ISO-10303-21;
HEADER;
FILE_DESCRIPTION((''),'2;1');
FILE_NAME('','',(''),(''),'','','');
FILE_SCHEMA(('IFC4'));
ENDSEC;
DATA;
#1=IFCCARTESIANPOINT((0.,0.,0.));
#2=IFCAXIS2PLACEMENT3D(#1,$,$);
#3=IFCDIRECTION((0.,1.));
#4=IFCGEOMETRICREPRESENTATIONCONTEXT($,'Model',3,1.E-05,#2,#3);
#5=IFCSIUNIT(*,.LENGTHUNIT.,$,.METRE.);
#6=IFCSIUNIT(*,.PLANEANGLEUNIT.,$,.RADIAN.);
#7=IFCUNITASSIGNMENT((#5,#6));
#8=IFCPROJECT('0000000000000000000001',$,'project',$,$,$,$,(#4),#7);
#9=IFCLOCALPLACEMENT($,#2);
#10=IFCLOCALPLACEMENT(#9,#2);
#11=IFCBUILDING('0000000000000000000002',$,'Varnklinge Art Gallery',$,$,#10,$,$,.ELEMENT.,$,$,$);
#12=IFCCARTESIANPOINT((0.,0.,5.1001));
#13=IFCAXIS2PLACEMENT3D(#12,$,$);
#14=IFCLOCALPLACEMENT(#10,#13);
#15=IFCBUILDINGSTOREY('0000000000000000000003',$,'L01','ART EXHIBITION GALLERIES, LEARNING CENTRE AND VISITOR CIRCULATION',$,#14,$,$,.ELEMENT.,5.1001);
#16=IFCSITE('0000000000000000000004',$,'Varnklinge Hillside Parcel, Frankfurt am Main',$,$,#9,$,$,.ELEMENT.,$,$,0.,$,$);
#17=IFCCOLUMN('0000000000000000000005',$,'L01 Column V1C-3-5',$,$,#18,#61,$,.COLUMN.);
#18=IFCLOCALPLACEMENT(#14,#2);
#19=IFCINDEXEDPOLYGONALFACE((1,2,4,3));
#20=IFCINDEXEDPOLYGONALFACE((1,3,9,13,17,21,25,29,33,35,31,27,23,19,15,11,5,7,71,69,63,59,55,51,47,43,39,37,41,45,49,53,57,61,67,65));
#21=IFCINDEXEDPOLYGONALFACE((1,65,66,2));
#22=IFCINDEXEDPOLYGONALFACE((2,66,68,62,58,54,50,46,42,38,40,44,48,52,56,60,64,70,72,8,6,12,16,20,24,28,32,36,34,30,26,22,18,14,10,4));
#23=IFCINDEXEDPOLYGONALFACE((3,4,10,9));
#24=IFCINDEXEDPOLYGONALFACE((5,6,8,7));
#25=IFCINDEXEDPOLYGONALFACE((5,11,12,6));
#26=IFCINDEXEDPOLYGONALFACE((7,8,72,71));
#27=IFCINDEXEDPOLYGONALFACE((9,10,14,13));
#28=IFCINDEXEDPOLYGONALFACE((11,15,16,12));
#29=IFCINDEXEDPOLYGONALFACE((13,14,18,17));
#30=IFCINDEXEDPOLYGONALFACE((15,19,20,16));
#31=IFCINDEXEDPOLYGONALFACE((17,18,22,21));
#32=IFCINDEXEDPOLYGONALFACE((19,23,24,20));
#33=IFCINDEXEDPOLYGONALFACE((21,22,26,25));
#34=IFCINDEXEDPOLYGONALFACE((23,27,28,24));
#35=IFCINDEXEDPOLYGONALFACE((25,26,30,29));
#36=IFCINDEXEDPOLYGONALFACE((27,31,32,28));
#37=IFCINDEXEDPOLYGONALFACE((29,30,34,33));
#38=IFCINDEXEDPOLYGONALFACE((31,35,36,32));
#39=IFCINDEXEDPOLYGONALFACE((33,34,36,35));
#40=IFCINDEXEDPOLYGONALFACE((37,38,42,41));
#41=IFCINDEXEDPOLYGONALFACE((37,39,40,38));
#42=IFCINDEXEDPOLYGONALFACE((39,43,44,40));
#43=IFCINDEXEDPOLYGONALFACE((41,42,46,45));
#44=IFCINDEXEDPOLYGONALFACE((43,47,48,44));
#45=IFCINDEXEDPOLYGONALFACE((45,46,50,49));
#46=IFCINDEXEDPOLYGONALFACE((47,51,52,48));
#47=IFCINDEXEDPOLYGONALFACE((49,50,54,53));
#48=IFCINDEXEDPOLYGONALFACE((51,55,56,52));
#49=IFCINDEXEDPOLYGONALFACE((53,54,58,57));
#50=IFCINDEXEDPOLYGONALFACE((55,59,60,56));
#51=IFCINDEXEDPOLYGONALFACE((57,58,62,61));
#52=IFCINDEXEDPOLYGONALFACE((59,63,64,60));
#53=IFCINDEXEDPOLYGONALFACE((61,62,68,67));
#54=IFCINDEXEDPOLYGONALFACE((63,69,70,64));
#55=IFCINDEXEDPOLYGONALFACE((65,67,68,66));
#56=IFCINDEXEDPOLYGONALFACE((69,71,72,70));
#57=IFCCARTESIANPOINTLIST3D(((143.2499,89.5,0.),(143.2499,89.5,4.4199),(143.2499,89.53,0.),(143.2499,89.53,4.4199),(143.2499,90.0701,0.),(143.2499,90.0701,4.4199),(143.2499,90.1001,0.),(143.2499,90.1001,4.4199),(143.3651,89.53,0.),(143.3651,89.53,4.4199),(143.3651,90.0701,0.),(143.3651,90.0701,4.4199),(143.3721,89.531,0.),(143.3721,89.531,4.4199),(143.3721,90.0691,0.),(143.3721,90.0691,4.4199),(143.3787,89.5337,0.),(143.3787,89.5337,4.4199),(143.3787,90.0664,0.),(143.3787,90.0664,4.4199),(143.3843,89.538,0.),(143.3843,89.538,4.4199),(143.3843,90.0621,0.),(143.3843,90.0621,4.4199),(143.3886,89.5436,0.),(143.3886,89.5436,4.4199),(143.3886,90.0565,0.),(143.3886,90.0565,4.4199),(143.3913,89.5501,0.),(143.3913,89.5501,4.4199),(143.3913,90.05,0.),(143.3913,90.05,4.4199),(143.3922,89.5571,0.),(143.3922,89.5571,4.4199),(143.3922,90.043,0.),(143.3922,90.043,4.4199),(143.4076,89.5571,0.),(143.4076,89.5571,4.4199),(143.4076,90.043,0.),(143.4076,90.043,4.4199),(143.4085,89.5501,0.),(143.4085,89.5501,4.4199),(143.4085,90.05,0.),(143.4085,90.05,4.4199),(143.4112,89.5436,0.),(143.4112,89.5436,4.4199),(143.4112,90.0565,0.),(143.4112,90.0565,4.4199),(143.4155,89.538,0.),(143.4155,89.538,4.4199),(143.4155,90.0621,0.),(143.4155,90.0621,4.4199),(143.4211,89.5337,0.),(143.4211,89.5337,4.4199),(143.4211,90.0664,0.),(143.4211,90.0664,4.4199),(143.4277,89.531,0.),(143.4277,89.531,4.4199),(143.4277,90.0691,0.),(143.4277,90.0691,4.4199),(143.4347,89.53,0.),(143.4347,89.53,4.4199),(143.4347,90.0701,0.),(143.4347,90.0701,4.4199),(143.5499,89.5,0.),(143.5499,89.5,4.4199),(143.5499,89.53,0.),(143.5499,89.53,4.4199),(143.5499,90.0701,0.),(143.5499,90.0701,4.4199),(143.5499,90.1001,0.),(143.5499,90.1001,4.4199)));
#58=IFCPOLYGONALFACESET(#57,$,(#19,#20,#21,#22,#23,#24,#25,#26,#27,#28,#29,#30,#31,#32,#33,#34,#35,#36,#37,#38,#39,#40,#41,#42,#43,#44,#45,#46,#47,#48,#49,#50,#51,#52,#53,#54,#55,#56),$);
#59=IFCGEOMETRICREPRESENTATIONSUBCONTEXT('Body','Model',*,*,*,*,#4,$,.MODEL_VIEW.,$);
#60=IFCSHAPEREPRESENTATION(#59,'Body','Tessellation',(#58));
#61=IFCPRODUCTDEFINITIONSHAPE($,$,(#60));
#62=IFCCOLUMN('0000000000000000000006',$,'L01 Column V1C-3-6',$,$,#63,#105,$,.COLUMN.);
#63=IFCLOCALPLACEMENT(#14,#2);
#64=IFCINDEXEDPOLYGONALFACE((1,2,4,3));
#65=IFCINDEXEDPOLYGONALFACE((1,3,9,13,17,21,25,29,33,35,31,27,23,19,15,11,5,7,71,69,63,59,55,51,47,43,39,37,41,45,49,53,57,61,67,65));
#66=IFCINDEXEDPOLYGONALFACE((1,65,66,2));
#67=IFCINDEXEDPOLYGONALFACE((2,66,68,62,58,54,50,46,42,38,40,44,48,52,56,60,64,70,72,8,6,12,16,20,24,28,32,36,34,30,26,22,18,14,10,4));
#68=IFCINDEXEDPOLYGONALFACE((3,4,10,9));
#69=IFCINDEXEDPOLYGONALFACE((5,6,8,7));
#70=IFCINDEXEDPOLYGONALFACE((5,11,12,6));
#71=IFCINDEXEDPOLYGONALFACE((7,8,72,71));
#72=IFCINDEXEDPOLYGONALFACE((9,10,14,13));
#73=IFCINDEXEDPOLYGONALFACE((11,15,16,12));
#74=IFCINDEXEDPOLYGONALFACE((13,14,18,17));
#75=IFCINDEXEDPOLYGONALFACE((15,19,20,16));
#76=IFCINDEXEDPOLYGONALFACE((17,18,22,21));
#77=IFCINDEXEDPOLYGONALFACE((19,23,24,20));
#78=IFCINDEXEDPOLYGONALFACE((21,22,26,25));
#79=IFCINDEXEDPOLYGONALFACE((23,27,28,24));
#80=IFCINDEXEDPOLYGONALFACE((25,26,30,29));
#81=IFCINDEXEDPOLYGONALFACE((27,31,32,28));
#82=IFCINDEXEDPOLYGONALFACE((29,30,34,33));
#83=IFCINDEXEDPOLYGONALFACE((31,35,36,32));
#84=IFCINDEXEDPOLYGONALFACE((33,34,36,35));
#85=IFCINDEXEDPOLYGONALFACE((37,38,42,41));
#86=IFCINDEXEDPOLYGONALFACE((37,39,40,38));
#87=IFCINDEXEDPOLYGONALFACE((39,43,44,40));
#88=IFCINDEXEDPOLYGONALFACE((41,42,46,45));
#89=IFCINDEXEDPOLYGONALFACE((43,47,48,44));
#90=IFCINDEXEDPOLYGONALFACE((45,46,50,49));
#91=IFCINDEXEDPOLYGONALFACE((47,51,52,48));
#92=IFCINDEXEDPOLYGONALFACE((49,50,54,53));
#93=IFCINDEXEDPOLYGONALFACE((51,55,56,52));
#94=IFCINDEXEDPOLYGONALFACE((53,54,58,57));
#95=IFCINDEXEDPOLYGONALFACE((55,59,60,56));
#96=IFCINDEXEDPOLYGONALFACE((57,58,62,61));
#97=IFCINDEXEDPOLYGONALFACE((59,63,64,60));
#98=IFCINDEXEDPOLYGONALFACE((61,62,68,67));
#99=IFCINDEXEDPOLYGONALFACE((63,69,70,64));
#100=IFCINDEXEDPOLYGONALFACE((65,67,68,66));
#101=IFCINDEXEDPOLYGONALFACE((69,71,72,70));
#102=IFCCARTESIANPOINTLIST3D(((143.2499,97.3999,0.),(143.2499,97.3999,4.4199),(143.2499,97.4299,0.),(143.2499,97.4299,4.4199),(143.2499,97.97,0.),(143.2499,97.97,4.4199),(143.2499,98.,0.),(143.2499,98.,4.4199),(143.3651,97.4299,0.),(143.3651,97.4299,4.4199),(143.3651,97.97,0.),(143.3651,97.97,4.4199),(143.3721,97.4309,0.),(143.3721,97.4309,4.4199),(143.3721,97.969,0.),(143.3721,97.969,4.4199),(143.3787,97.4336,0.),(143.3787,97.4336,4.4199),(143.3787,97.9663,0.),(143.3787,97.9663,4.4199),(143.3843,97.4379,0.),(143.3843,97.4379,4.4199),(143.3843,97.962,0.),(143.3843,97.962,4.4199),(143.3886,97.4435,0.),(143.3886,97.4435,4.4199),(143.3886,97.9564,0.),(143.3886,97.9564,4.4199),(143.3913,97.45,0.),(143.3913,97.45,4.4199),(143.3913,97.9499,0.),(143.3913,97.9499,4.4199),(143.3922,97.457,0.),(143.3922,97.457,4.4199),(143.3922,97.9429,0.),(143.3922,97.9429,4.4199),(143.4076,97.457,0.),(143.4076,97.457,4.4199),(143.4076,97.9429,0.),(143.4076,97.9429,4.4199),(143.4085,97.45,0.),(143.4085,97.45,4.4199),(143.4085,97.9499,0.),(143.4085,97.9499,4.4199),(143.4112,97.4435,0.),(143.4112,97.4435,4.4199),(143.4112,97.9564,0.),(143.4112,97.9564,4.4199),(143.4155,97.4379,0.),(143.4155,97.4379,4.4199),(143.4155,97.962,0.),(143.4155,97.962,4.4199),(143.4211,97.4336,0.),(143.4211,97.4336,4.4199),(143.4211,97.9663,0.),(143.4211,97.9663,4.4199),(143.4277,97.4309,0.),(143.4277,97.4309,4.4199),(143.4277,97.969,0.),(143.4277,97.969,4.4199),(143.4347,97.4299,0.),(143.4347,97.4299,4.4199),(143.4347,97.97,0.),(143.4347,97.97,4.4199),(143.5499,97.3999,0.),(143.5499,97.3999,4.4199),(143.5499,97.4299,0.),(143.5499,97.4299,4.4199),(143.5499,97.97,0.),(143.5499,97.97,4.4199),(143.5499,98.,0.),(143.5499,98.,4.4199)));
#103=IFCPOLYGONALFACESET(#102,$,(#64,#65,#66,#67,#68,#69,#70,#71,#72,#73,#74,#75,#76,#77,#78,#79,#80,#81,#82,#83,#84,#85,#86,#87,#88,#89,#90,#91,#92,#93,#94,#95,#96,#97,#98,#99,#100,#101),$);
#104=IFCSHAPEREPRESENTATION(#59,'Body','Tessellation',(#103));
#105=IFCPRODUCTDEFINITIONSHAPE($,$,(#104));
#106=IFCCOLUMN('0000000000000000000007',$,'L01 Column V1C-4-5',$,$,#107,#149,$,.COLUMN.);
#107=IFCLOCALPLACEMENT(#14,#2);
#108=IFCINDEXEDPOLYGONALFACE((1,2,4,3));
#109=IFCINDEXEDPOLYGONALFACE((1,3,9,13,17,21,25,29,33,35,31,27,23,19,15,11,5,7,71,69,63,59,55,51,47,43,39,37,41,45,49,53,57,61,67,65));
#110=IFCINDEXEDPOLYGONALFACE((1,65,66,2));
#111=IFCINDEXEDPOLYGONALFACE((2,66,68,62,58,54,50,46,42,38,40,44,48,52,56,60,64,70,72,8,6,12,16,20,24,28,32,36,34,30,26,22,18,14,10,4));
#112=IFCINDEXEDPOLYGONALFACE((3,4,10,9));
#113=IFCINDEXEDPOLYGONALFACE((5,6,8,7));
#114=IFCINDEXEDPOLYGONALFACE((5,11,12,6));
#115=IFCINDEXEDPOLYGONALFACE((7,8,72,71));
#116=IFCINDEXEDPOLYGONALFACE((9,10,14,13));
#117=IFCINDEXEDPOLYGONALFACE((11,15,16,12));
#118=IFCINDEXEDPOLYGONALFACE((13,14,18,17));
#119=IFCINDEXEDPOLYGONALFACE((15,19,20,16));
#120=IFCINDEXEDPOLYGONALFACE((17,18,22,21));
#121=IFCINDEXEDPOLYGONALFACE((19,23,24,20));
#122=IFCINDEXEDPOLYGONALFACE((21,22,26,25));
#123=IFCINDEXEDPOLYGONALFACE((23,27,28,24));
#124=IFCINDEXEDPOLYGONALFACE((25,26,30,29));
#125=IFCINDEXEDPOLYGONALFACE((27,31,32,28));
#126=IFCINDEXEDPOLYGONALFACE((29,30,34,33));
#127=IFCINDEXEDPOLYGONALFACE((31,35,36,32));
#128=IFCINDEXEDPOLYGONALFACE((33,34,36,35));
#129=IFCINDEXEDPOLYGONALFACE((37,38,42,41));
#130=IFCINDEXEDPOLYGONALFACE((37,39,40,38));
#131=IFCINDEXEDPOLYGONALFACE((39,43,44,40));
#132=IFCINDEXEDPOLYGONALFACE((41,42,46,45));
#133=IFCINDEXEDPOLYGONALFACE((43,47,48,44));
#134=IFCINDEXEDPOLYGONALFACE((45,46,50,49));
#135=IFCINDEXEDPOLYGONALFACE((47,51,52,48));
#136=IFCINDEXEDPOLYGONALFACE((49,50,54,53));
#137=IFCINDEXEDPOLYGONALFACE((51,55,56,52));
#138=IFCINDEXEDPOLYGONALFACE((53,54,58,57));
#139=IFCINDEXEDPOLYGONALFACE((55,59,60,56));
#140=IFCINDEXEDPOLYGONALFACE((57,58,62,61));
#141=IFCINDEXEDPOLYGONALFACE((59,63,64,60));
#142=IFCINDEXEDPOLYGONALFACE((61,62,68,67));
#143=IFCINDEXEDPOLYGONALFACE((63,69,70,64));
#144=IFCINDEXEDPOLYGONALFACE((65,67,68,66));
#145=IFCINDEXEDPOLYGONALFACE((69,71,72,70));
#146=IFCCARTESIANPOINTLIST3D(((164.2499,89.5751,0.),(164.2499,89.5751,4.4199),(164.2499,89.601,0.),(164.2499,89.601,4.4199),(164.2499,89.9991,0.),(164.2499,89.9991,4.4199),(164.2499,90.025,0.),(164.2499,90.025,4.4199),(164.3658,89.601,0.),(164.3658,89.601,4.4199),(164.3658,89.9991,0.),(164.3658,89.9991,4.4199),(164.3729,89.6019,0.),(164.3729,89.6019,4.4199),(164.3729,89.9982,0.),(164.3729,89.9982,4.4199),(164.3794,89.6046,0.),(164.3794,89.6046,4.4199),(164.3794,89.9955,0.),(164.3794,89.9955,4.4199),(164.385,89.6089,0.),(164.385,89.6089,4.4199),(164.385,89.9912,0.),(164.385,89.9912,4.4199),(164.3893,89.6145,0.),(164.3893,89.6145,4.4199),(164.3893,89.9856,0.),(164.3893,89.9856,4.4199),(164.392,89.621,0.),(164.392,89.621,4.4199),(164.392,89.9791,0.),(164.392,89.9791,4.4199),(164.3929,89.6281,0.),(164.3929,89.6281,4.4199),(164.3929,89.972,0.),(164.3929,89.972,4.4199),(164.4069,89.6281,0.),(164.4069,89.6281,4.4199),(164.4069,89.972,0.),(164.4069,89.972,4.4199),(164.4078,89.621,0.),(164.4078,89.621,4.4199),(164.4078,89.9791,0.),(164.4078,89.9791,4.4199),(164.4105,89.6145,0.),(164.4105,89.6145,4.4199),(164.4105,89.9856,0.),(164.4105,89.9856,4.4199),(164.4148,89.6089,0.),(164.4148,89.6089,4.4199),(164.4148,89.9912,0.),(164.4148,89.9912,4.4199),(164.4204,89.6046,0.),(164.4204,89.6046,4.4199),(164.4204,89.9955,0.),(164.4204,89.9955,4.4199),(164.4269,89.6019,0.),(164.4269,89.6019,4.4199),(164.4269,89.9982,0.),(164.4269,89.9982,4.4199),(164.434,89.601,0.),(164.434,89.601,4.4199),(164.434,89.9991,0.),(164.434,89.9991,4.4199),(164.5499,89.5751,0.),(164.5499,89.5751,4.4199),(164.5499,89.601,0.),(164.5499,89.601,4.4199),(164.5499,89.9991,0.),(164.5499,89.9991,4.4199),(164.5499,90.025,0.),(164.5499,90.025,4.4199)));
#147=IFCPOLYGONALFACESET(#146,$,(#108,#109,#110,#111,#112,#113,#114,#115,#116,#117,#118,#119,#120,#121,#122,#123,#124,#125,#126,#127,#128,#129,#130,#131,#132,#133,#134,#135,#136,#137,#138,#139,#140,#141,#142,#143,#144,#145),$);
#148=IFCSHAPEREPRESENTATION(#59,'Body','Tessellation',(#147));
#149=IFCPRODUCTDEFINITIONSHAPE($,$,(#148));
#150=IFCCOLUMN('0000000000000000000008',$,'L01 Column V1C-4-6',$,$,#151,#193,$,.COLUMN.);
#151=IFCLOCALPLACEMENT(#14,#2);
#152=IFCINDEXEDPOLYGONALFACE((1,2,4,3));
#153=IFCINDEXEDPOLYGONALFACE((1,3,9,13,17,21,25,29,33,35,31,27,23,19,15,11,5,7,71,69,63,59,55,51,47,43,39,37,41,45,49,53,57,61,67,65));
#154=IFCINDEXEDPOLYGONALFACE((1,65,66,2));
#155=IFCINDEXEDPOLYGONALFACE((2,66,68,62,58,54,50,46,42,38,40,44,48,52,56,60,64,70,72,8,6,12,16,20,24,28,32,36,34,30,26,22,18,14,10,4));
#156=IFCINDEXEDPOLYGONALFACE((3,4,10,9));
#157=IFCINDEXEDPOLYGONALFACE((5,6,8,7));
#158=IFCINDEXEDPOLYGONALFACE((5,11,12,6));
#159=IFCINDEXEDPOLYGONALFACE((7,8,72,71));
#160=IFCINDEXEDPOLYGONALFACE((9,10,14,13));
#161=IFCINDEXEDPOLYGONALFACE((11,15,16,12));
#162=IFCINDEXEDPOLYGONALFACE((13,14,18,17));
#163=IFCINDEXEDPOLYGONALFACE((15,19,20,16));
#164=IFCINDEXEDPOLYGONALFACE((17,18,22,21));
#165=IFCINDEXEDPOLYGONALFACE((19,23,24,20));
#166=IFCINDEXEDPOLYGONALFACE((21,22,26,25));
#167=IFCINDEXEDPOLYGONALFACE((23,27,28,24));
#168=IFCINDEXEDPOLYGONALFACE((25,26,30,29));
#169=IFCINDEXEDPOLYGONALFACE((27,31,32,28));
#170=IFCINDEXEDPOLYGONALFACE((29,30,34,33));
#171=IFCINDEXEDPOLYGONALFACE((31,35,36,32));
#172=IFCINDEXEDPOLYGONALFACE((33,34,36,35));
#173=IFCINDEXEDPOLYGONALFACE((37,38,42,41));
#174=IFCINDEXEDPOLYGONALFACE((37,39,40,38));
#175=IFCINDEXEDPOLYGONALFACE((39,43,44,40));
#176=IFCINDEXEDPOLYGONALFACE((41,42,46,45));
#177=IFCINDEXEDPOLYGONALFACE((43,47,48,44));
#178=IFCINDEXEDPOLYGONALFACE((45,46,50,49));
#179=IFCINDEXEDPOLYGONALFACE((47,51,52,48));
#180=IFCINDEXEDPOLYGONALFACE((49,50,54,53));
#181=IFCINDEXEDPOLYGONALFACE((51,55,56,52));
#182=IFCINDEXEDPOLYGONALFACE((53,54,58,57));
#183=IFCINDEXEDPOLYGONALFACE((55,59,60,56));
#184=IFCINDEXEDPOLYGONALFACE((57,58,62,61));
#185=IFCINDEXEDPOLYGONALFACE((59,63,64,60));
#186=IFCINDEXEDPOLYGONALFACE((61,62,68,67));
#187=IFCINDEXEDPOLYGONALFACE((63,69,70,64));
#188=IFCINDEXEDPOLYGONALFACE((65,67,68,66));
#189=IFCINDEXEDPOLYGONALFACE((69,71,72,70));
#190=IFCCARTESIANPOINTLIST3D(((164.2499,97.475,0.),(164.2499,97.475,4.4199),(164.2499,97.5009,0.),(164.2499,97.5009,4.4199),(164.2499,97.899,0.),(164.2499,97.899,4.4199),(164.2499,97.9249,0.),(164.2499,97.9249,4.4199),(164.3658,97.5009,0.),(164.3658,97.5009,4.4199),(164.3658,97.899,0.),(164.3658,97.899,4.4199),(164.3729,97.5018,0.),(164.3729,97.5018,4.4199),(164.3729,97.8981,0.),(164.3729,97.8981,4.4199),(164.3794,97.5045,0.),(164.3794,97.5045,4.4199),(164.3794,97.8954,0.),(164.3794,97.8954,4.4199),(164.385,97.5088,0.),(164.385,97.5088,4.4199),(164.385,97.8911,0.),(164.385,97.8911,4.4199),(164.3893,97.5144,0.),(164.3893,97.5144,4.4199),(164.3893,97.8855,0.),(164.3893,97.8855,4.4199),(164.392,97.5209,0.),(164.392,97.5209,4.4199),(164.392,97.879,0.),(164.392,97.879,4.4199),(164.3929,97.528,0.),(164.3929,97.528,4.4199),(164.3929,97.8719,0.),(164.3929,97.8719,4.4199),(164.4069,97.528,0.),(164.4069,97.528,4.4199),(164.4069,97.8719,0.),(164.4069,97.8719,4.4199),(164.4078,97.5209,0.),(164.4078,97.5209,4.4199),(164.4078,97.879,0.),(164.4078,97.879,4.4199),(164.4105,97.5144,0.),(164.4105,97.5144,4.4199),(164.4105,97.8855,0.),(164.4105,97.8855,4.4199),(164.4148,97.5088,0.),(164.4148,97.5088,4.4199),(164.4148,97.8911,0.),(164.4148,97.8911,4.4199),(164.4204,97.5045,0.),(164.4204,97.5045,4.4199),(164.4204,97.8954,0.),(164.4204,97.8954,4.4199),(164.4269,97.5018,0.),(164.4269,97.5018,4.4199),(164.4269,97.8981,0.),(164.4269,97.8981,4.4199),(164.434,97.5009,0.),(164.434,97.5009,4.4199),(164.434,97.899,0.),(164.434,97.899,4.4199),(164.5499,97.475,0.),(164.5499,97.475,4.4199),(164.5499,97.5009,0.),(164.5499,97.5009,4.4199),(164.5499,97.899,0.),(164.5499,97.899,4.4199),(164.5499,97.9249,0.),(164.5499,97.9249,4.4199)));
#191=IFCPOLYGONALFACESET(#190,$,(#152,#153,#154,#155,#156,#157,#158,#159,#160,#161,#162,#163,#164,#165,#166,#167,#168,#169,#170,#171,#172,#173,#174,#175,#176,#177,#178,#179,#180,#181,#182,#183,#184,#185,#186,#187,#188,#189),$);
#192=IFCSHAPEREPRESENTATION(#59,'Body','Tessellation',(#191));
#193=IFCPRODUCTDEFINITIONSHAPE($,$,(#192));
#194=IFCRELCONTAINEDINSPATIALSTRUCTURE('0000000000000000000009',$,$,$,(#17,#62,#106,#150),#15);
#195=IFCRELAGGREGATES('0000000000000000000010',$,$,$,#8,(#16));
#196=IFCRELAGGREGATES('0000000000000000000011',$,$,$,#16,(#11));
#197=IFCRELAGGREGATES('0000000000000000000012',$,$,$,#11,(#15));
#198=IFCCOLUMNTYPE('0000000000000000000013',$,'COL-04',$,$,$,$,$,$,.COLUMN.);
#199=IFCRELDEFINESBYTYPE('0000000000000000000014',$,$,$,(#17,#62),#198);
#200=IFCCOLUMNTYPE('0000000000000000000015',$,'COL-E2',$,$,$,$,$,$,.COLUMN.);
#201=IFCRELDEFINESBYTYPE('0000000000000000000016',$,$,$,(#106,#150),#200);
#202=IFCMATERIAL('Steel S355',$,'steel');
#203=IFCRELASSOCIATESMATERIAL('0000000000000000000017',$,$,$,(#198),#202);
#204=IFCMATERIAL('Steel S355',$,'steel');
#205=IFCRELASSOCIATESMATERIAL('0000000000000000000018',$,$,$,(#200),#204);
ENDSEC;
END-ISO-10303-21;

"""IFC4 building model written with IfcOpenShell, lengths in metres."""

from ifc_helpers import new_model, si_unit, direction, frame, origin, origin_2d, place, context, subcontext, project, spatial, i_section, extrude, material, material_profile, profile_set, type_object, element, save


model = new_model("IFC4")

# Units and contexts
model_context = context("Model", 3, precision=1e-05, world=origin(), true_north=direction((0.0, 1.0)))
body_context = subcontext(model_context, "Body", "Model", "MODEL_VIEW")
ifc_project = project(units=[si_unit("LENGTHUNIT", "METRE"), si_unit("PLANEANGLEUNIT", "RADIAN")], contexts=[model_context])

# Site, building, storey
site_placement = place(None, origin())
site = spatial("IfcSite", under=ifc_project, at=site_placement, Name="Varnklinge Hillside Parcel, Frankfurt am Main", CompositionType="ELEMENT", RefElevation=0.0)
building_placement = place(site_placement, origin())
building = spatial("IfcBuilding", under=site, at=building_placement, Name="Varnklinge Art Gallery", CompositionType="ELEMENT")
storey_placement = place(building_placement, frame((0.0, 0.0, 5.1001)))
storey = spatial("IfcBuildingStorey", under=building, at=storey_placement, Name="L01", Description="ART EXHIBITION GALLERIES, LEARNING CENTRE AND VISITOR CIRCULATION", CompositionType="ELEMENT", Elevation=5.1001)

# Columns
ifc_material_1 = material(Name="Steel S355", Category="steel")
ifc_material_profile_1 = material_profile(ifc_material_1, i_section(OverallWidth=0.3, OverallDepth=0.6001, WebThickness=0.0154, FlangeThickness=0.03, FilletRadius=0.0271, at=origin_2d()), Name="HEB 600")
ifc_profile_set_1 = profile_set([ifc_material_profile_1], Name="Steel S355")
column_type_1 = type_object("IfcColumnType", Name="COL-04", PredefinedType="COLUMN", material=ifc_profile_set_1)
for number, where, z_axis, x_axis, name in (
    (1, (143.3999, 89.8, 0.0), (0.0, 0.0, 1.0), (1.0, 0.0, 0.0), "L01 Column V1C-3-5"),
    (2, (143.3999, 97.7, 0.0), (0.0, 0.0, 1.0), (1.0, 0.0, 0.0), "L01 Column V1C-3-6"),
):
    element("IfcColumn", number, at=place(storey_placement, frame(where, z_axis=z_axis, x_axis=x_axis)), inside=storey, type_object=column_type_1, Name=name, PredefinedType="COLUMN", context=body_context, shape_type="SweptSolid", body=[
        extrude(i_section(OverallWidth=0.3, OverallDepth=0.6001, WebThickness=0.0154, FlangeThickness=0.03, FilletRadius=0.0271, at=origin_2d()), origin(), (0.0, 0.0, 1.0), 4.4199),
    ])
ifc_material_2 = material(Name="Steel S355", Category="steel")
ifc_material_profile_2 = material_profile(ifc_material_2, i_section(OverallWidth=0.3, OverallDepth=0.45, WebThickness=0.0139, FlangeThickness=0.0259, FilletRadius=0.0271, at=origin_2d()), Name="HEB 450")
ifc_profile_set_2 = profile_set([ifc_material_profile_2], Name="Steel S355")
column_type_2 = type_object("IfcColumnType", Name="COL-E2", PredefinedType="COLUMN", material=ifc_profile_set_2)
for number, where, z_axis, x_axis, name in (
    (3, (164.3999, 89.8, 0.0), (0.0, 0.0, 1.0), (1.0, 0.0, 0.0), "L01 Column V1C-4-5"),
    (4, (164.3999, 97.7, 0.0), (0.0, 0.0, 1.0), (1.0, 0.0, 0.0), "L01 Column V1C-4-6"),
):
    element("IfcColumn", number, at=place(storey_placement, frame(where, z_axis=z_axis, x_axis=x_axis)), inside=storey, type_object=column_type_2, Name=name, PredefinedType="COLUMN", context=body_context, shape_type="SweptSolid", body=[
        extrude(i_section(OverallWidth=0.3, OverallDepth=0.45, WebThickness=0.0139, FlangeThickness=0.0259, FilletRadius=0.0271, at=origin_2d()), origin(), (0.0, 0.0, 1.0), 4.4199),
    ])

save(model, "model.ifc")
